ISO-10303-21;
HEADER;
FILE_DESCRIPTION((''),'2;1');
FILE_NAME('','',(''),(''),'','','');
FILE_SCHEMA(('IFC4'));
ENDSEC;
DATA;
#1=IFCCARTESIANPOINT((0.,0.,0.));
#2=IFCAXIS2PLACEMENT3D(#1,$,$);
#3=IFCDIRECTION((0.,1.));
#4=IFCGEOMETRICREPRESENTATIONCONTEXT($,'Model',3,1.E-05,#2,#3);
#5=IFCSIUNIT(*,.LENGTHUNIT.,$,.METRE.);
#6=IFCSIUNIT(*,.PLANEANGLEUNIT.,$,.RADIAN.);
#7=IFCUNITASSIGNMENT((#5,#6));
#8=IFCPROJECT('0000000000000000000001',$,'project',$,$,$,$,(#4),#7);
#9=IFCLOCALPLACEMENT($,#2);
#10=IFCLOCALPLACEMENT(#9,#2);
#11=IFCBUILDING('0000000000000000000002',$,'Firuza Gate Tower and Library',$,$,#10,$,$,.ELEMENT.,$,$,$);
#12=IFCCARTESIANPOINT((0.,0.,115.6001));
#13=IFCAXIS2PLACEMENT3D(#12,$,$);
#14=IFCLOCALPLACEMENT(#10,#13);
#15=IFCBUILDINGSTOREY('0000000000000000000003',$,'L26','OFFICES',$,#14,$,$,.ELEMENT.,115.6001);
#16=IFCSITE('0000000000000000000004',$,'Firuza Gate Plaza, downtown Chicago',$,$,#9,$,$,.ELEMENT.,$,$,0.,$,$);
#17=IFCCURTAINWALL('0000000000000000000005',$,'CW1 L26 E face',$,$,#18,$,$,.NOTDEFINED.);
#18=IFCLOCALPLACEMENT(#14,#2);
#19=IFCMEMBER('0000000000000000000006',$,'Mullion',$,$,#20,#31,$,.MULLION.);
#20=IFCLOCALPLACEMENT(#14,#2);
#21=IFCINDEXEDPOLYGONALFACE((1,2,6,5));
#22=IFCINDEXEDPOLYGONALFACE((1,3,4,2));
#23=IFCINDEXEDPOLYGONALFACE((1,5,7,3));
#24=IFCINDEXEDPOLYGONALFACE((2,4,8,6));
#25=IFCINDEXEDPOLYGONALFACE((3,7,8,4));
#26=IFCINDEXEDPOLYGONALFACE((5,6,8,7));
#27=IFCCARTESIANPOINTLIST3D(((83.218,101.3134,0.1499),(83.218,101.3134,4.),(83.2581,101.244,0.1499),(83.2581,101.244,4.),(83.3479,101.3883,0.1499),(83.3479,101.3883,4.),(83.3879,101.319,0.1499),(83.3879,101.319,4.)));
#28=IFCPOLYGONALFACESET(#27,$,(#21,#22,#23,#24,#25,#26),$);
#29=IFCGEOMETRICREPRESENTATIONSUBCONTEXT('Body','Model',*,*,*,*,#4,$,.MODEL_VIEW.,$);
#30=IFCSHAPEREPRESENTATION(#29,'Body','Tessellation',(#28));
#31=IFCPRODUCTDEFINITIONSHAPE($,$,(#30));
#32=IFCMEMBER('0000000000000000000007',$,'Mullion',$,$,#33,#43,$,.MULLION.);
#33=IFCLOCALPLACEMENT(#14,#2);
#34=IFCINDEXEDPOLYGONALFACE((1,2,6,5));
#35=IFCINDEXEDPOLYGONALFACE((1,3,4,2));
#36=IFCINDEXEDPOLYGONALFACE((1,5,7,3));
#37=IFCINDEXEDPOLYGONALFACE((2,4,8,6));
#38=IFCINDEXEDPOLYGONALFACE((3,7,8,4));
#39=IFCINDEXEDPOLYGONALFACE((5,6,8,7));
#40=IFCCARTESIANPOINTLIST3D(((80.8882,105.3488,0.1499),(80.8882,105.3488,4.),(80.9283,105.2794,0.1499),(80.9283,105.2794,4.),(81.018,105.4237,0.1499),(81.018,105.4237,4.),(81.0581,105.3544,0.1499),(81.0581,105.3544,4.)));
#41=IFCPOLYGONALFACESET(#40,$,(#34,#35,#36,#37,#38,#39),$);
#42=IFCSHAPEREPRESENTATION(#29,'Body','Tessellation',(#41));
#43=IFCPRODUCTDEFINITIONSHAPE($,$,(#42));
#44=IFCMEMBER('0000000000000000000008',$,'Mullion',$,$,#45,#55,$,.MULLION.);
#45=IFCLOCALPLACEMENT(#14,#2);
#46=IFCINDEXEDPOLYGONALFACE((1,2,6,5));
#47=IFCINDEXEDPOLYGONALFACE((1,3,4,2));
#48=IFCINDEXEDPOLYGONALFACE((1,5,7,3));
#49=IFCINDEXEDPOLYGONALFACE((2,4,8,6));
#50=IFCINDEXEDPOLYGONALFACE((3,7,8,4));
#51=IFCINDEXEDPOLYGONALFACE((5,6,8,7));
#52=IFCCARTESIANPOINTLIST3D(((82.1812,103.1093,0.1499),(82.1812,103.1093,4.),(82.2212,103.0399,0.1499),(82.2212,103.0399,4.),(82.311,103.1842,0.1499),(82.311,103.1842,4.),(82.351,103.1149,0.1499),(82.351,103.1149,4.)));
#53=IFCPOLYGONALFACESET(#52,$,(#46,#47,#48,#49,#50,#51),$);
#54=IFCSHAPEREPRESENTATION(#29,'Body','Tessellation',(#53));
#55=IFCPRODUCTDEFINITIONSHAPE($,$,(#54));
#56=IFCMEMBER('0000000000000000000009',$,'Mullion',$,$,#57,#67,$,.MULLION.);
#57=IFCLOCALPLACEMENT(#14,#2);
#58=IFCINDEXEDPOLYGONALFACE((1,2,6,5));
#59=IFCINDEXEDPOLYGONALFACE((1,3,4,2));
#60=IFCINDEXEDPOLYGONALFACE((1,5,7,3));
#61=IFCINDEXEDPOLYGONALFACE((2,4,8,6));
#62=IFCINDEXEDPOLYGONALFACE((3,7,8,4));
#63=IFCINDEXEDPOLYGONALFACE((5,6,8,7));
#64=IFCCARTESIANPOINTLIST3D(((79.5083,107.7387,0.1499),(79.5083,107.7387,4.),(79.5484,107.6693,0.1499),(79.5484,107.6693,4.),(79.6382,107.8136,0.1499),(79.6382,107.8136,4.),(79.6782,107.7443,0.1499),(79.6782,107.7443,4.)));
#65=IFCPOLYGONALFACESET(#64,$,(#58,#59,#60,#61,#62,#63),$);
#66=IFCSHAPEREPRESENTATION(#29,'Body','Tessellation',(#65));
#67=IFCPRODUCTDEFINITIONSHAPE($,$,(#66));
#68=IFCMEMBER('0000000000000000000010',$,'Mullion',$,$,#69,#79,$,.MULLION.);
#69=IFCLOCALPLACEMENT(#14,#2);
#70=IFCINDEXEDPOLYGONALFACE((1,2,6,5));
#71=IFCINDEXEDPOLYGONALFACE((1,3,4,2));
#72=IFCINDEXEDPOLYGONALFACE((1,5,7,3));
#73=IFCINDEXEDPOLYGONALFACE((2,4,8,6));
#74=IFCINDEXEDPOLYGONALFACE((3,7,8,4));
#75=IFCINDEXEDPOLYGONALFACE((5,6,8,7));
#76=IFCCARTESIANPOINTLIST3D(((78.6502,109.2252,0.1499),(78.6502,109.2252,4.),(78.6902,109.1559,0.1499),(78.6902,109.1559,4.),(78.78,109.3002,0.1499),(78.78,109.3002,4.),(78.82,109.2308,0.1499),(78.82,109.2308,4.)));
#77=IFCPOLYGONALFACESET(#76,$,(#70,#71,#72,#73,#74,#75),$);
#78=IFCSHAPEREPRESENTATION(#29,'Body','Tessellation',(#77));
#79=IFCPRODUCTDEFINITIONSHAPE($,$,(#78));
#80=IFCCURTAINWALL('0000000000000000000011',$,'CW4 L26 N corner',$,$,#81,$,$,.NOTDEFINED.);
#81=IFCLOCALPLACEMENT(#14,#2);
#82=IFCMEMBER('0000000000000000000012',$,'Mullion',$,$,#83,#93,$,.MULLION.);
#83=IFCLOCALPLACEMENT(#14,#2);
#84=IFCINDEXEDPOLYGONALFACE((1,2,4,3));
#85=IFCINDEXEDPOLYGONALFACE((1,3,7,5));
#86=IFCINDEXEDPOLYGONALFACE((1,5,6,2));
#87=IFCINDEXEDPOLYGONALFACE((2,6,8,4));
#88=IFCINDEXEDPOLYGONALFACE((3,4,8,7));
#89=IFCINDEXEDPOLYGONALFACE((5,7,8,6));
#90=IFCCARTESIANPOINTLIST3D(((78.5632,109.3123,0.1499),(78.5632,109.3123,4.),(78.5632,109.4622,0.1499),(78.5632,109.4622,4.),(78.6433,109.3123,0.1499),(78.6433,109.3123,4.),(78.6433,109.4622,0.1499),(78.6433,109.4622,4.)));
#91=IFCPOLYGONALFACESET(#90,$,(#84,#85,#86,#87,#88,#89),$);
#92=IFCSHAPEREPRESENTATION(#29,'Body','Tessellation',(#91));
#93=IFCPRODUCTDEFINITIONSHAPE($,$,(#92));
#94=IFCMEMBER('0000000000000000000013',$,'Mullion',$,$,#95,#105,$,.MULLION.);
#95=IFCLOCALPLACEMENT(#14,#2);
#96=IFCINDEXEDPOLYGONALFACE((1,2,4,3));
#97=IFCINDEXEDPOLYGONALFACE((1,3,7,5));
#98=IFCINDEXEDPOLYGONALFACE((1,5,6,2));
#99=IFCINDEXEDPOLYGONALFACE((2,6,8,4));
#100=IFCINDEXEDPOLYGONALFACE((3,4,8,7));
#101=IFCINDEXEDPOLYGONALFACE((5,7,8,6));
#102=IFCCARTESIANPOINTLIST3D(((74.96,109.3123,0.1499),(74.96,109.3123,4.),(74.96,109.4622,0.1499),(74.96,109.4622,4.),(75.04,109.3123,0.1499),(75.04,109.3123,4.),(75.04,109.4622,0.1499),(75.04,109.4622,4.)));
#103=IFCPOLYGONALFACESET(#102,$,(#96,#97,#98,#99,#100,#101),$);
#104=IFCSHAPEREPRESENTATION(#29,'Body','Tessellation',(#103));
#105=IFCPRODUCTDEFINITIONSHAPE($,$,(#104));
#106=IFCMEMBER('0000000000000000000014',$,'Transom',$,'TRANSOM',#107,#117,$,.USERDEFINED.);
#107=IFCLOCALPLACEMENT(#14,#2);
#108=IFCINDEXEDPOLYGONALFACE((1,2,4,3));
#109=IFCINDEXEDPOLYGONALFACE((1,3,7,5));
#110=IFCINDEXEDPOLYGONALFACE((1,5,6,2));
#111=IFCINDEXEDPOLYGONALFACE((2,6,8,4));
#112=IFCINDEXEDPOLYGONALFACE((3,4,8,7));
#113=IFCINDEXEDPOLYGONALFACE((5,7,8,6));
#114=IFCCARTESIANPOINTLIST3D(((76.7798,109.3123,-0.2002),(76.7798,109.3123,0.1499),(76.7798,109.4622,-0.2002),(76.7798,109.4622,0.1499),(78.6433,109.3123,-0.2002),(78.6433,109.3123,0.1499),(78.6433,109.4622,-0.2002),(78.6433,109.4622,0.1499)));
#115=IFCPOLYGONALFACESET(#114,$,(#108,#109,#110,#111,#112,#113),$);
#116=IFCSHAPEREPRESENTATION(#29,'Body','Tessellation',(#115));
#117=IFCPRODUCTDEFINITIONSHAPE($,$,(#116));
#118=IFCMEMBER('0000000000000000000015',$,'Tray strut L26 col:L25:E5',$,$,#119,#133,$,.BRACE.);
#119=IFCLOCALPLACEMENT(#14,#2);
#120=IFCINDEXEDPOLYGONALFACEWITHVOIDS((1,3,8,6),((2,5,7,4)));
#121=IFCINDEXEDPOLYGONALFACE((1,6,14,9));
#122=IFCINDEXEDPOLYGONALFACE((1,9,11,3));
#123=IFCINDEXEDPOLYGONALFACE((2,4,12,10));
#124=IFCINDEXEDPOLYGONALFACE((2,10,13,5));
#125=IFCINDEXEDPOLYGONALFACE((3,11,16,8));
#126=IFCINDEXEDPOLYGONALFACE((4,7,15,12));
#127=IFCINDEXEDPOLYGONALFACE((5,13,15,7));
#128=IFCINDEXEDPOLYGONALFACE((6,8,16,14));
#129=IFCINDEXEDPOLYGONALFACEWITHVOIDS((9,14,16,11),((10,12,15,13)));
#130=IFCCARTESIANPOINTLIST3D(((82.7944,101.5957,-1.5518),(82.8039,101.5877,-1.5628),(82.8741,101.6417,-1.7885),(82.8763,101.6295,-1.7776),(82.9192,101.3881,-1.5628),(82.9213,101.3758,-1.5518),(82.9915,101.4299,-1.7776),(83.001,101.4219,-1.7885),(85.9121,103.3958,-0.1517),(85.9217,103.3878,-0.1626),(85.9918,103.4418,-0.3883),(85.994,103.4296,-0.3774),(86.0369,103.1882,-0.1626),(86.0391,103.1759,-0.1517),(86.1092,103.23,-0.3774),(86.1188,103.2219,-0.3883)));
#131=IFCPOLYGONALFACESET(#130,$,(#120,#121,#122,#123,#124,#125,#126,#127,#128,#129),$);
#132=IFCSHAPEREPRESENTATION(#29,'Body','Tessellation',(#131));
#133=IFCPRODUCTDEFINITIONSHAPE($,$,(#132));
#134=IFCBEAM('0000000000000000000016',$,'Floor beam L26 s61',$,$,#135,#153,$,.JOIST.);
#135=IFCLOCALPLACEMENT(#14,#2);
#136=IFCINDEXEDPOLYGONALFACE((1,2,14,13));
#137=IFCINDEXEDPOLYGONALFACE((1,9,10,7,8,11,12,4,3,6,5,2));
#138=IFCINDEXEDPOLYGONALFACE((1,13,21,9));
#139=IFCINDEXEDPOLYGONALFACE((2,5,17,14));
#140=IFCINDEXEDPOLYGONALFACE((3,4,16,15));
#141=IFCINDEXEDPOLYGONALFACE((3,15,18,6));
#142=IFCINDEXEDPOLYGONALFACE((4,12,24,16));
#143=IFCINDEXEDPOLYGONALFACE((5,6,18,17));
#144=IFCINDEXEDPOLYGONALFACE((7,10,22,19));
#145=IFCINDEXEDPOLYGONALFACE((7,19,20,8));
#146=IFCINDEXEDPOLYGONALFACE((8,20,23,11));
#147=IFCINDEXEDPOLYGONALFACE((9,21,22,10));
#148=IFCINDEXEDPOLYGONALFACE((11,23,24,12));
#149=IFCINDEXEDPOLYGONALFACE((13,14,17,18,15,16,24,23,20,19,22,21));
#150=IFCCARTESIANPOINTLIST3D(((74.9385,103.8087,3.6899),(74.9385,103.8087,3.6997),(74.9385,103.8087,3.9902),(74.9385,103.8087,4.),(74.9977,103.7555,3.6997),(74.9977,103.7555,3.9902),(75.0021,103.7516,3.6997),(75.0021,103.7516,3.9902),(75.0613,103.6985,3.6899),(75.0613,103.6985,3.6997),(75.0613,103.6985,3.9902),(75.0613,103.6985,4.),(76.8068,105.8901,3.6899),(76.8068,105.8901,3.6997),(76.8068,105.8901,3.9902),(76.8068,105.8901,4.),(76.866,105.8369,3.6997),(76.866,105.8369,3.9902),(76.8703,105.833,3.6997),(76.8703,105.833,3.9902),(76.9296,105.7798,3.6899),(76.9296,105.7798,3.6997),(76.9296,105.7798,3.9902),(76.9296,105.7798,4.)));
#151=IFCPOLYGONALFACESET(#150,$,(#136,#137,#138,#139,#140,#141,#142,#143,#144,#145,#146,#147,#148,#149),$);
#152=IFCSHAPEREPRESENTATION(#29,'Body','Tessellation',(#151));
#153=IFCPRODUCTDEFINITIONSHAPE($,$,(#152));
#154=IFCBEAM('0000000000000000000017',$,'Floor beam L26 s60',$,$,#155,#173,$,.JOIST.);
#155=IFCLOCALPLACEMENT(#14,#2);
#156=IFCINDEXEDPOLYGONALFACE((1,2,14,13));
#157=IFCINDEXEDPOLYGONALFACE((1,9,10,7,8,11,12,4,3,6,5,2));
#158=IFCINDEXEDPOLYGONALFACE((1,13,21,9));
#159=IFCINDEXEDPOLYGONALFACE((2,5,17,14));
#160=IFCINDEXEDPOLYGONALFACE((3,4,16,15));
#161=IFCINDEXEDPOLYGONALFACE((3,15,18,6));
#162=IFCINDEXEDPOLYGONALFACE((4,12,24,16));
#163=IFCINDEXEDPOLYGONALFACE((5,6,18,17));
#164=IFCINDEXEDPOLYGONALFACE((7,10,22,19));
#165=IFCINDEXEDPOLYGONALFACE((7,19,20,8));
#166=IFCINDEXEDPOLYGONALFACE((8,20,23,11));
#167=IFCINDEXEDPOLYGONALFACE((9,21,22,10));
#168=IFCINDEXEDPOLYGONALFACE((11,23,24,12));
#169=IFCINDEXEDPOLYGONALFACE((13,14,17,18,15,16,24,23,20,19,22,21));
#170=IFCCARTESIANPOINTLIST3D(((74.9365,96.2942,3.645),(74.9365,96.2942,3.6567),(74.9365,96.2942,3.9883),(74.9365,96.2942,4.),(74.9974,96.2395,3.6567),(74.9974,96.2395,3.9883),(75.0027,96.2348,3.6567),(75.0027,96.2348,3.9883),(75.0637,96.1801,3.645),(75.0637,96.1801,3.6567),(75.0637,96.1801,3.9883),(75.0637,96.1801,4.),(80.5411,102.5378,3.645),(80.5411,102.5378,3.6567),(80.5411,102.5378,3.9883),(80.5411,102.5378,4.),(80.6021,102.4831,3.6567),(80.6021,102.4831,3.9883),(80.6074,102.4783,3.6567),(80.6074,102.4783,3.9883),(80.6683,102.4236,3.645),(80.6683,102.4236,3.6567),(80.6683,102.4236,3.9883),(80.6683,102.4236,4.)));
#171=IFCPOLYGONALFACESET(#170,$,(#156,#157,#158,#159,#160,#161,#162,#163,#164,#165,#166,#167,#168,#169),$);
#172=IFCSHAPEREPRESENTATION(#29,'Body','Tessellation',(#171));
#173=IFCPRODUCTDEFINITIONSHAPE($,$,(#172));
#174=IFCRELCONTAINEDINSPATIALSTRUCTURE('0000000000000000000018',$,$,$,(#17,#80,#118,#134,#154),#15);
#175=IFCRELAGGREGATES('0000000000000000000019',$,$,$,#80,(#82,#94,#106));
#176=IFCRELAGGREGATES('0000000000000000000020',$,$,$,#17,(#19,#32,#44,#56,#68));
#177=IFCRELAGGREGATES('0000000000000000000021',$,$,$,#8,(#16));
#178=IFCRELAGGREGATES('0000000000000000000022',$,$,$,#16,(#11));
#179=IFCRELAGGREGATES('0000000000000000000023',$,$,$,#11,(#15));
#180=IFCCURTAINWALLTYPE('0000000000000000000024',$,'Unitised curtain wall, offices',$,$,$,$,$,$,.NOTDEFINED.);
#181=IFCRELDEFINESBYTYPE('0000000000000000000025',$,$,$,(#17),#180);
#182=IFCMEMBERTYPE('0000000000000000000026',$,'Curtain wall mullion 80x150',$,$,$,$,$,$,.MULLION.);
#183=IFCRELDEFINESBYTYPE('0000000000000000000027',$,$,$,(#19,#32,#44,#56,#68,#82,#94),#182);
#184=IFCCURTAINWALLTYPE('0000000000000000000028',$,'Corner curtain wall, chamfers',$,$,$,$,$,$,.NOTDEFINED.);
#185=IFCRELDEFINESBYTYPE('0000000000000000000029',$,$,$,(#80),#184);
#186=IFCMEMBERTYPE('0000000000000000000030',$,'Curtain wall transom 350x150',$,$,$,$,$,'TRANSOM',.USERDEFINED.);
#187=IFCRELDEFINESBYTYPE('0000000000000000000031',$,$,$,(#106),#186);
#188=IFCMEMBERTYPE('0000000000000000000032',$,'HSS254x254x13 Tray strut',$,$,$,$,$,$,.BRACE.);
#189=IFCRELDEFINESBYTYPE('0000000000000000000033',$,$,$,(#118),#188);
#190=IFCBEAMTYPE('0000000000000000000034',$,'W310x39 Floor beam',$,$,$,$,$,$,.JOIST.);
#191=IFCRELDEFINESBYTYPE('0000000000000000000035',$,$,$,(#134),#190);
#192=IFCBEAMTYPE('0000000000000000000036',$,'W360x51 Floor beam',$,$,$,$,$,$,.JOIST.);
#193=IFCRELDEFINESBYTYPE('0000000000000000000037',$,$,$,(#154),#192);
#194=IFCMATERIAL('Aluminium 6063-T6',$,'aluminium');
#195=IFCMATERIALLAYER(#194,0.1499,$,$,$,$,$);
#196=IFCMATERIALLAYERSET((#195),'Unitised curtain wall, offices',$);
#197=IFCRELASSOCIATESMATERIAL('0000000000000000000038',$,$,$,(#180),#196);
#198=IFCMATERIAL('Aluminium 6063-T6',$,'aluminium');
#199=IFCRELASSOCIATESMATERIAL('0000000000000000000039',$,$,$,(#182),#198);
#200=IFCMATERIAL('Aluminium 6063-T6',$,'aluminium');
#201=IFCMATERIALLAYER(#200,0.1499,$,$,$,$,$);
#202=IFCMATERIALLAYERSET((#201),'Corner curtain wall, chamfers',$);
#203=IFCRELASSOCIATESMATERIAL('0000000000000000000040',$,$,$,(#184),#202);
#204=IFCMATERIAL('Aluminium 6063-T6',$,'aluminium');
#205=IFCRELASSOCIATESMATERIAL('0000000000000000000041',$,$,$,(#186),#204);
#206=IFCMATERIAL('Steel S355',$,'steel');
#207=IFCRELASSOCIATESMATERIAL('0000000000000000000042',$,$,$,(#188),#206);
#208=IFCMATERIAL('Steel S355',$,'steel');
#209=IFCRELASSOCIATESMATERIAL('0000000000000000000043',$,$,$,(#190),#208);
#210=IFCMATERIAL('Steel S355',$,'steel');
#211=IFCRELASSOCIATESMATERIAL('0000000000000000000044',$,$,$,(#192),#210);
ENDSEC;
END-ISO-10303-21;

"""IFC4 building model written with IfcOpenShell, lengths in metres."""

from ifc_helpers import new_model, si_unit, direction, frame, origin, origin_2d, place, context, subcontext, project, spatial, rectangle, hollow_rectangle, i_section, extrude, material, layer, layer_set, material_profile, profile_set, type_object, element, aggregate, save


model = new_model("IFC4")

# Units and contexts
model_context = context("Model", 3, precision=1e-05, world=origin(), true_north=direction((0.0, 1.0)))
body_context = subcontext(model_context, "Body", "Model", "MODEL_VIEW")
ifc_project = project(units=[si_unit("LENGTHUNIT", "METRE"), si_unit("PLANEANGLEUNIT", "RADIAN")], contexts=[model_context])

# Site, building, storey
site_placement = place(None, origin())
site = spatial("IfcSite", under=ifc_project, at=site_placement, Name="Firuza Gate Plaza, downtown Chicago", CompositionType="ELEMENT", RefElevation=0.0)
building_placement = place(site_placement, origin())
building = spatial("IfcBuilding", under=site, at=building_placement, Name="Firuza Gate Tower and Library", CompositionType="ELEMENT")
storey_placement = place(building_placement, frame((0.0, 0.0, 115.6001)))
storey = spatial("IfcBuildingStorey", under=building, at=storey_placement, Name="L26", Description="OFFICES", CompositionType="ELEMENT", Elevation=115.6001)

# Curtain walls, members
ifc_material_1 = material(Name="Aluminium 6063-T6", Category="aluminium")
ifc_layer_1 = layer(ifc_material_1, 0.1499)
ifc_layer_set_1 = layer_set([ifc_layer_1], Name="Unitised curtain wall, offices")
curtain_wall_type_1 = type_object("IfcCurtainWallType", Name="Unitised curtain wall, offices", PredefinedType="NOTDEFINED", material=ifc_layer_set_1)
placement = place(storey_placement, origin())
curtain_wall_1 = element("IfcCurtainWall", 1, at=placement, inside=storey, type_object=curtain_wall_type_1, Name="CW1 L26 E face", PredefinedType="NOTDEFINED")
ifc_material_2 = material(Name="Aluminium 6063-T6", Category="aluminium")
ifc_material_profile_1 = material_profile(ifc_material_2, rectangle(XDim=0.1499, YDim=0.0801, at=origin_2d()))
ifc_profile_set_1 = profile_set([ifc_material_profile_1], Name="Aluminium 6063-T6")
member_type_1 = type_object("IfcMemberType", Name="Curtain wall mullion 80x150", PredefinedType="MULLION", material=ifc_profile_set_1)
member_1_placement = place(storey_placement, frame((83.303, 101.3162, 0.1499), z_axis=(0.0, 0.0, 1.0), x_axis=(-0.866025, -0.5, 0.0)))
member_1 = element("IfcMember", 2, at=member_1_placement, type_object=member_type_1, Name="Mullion", PredefinedType="MULLION", context=body_context, shape_type="SweptSolid", body=[
    extrude(rectangle(XDim=0.1499, YDim=0.0801, at=origin_2d()), origin(), (0.0, 0.0, 1.0), 3.8501),
])
member_2_placement = place(storey_placement, frame((80.9731, 105.3516, 0.1499), z_axis=(0.0, 0.0, 1.0), x_axis=(-0.866025, -0.5, 0.0)))
member_2 = element("IfcMember", 3, at=member_2_placement, type_object=member_type_1, Name="Mullion", PredefinedType="MULLION", context=body_context, shape_type="SweptSolid", body=[
    extrude(rectangle(XDim=0.1499, YDim=0.0801, at=origin_2d()), origin(), (0.0, 0.0, 1.0), 3.8501),
])
member_3_placement = place(storey_placement, frame((82.2661, 103.1121, 0.1499), z_axis=(0.0, 0.0, 1.0), x_axis=(-0.866025, -0.5, 0.0)))
member_3 = element("IfcMember", 4, at=member_3_placement, type_object=member_type_1, Name="Mullion", PredefinedType="MULLION", context=body_context, shape_type="SweptSolid", body=[
    extrude(rectangle(XDim=0.1499, YDim=0.0801, at=origin_2d()), origin(), (0.0, 0.0, 1.0), 3.8501),
])
member_4_placement = place(storey_placement, frame((79.5933, 107.7415, 0.1499), z_axis=(0.0, 0.0, 1.0), x_axis=(-0.866025, -0.5, 0.0)))
member_4 = element("IfcMember", 5, at=member_4_placement, type_object=member_type_1, Name="Mullion", PredefinedType="MULLION", context=body_context, shape_type="SweptSolid", body=[
    extrude(rectangle(XDim=0.1499, YDim=0.0801, at=origin_2d()), origin(), (0.0, 0.0, 1.0), 3.8501),
])
member_5_placement = place(storey_placement, frame((78.7351, 109.228, 0.1499), z_axis=(0.0, 0.0, 1.0), x_axis=(-0.866025, -0.5, 0.0)))
member_5 = element("IfcMember", 6, at=member_5_placement, type_object=member_type_1, Name="Mullion", PredefinedType="MULLION", context=body_context, shape_type="SweptSolid", body=[
    extrude(rectangle(XDim=0.1499, YDim=0.0801, at=origin_2d()), origin(), (0.0, 0.0, 1.0), 3.8501),
])
ifc_material_3 = material(Name="Aluminium 6063-T6", Category="aluminium")
ifc_layer_2 = layer(ifc_material_3, 0.1499)
ifc_layer_set_2 = layer_set([ifc_layer_2], Name="Corner curtain wall, chamfers")
curtain_wall_type_2 = type_object("IfcCurtainWallType", Name="Corner curtain wall, chamfers", PredefinedType="NOTDEFINED", material=ifc_layer_set_2)
curtain_wall_2 = element("IfcCurtainWall", 7, at=placement, inside=storey, type_object=curtain_wall_type_2, Name="CW4 L26 N corner", PredefinedType="NOTDEFINED")
member_6_placement = place(storey_placement, frame((78.6033, 109.3872, 0.1499), z_axis=(0.0, 0.0, 1.0), x_axis=(0.0, -1.0, 0.0)))
member_6 = element("IfcMember", 8, at=member_6_placement, type_object=member_type_1, Name="Mullion", PredefinedType="MULLION", context=body_context, shape_type="SweptSolid", body=[
    extrude(rectangle(XDim=0.1499, YDim=0.0801, at=origin_2d()), origin(), (0.0, 0.0, 1.0), 3.8501),
])
member_7_placement = place(storey_placement, frame((75.0, 109.3872, 0.1499), z_axis=(0.0, 0.0, 1.0), x_axis=(0.0, -1.0, 0.0)))
member_7 = element("IfcMember", 9, at=member_7_placement, type_object=member_type_1, Name="Mullion", PredefinedType="MULLION", context=body_context, shape_type="SweptSolid", body=[
    extrude(rectangle(XDim=0.1499, YDim=0.0801, at=origin_2d()), origin(), (0.0, 0.0, 1.0), 3.8501),
])
ifc_material_4 = material(Name="Aluminium 6063-T6", Category="aluminium")
ifc_material_profile_2 = material_profile(ifc_material_4, rectangle(XDim=0.1499, YDim=0.3501, at=origin_2d()))
ifc_profile_set_2 = profile_set([ifc_material_profile_2], Name="Aluminium 6063-T6")
member_type_2 = type_object("IfcMemberType", Name="Curtain wall transom 350x150", ElementType="TRANSOM", PredefinedType="USERDEFINED", material=ifc_profile_set_2)
member_8_placement = place(storey_placement, frame((78.6433, 109.3872, -0.0251), z_axis=(-1.0, 0.0, 0.0), x_axis=(0.0, -1.0, 0.0)))
member_8 = element("IfcMember", 10, at=member_8_placement, type_object=member_type_2, Name="Transom", ObjectType="TRANSOM", PredefinedType="USERDEFINED", context=body_context, shape_type="SweptSolid", body=[
    extrude(rectangle(XDim=0.1499, YDim=0.3501, at=origin_2d()), origin(), (0.0, 0.0, 1.0), 1.8635),
])

# Member
ifc_material_5 = material(Name="Steel S355", Category="steel")
ifc_material_profile_3 = material_profile(ifc_material_5, hollow_rectangle(XDim=0.2539, YDim=0.2539, WallThickness=0.0117, at=origin_2d()))
ifc_profile_set_3 = profile_set([ifc_material_profile_3], Name="Steel S355")
member_type_3 = type_object("IfcMemberType", Name="HSS254x254x13 Tray strut", PredefinedType="BRACE", material=ifc_profile_set_3)
member_9_placement = place(storey_placement, frame((82.8977, 101.5088, -1.6702), z_axis=(0.807122, 0.466007, 0.362478), x_axis=(-0.500012, 0.866018, 0.0)))
element("IfcMember", 11, at=member_9_placement, inside=storey, type_object=member_type_3, Name="Tray strut L26 col:L25:E5", PredefinedType="BRACE", context=body_context, shape_type="SweptSolid", body=[
    extrude(hollow_rectangle(XDim=0.2539, YDim=0.2539, WallThickness=0.0117, at=origin_2d()), origin(), (0.0, 0.0, 1.0), 3.8628),
])

# Beams
ifc_material_6 = material(Name="Steel S355", Category="steel")
ifc_material_profile_4 = material_profile(ifc_material_6, i_section(OverallWidth=0.165, OverallDepth=0.3101, WebThickness=0.0059, FlangeThickness=0.0098, at=origin_2d()))
ifc_profile_set_4 = profile_set([ifc_material_profile_4], Name="Steel S355")
beam_type_1 = type_object("IfcBeamType", Name="W310x39 Floor beam", PredefinedType="JOIST", material=ifc_profile_set_4)
beam_1_placement = place(storey_placement, frame((76.8682, 105.835, 3.845), z_axis=(-0.667975, -0.744183, 0.0), x_axis=(0.744183, -0.667975, 0.0)))
element("IfcBeam", 12, at=beam_1_placement, inside=storey, type_object=beam_type_1, Name="Floor beam L26 s61", PredefinedType="JOIST", context=body_context, shape_type="SweptSolid", body=[
    extrude(i_section(OverallWidth=0.165, OverallDepth=0.3101, WebThickness=0.0059, FlangeThickness=0.0098, at=origin_2d()), origin(), (0.0, 0.0, 1.0), 2.7969),
])
ifc_material_7 = material(Name="Steel S355", Category="steel")
ifc_material_profile_5 = material_profile(ifc_material_7, i_section(OverallWidth=0.1709, OverallDepth=0.355, WebThickness=0.0071, FlangeThickness=0.0117, at=origin_2d()))
ifc_profile_set_5 = profile_set([ifc_material_profile_5], Name="Steel S355")
beam_type_2 = type_object("IfcBeamType", Name="W360x51 Floor beam", PredefinedType="JOIST", material=ifc_profile_set_5)
beam_2_placement = place(storey_placement, frame((80.6047, 102.4807, 3.8225), z_axis=(-0.668006, -0.744156, 0.0), x_axis=(0.744156, -0.668006, 0.0)))
element("IfcBeam", 13, at=beam_2_placement, inside=storey, type_object=beam_type_2, Name="Floor beam L26 s60", PredefinedType="JOIST", context=body_context, shape_type="SweptSolid", body=[
    extrude(i_section(OverallWidth=0.1709, OverallDepth=0.355, WebThickness=0.0071, FlangeThickness=0.0117, at=origin_2d()), origin(), (0.0, 0.0, 1.0), 8.3901),
])

aggregate(curtain_wall_2, [member_6, member_7, member_8])
aggregate(curtain_wall_1, [member_1, member_2, member_3, member_4, member_5])

save(model, "model.ifc")
